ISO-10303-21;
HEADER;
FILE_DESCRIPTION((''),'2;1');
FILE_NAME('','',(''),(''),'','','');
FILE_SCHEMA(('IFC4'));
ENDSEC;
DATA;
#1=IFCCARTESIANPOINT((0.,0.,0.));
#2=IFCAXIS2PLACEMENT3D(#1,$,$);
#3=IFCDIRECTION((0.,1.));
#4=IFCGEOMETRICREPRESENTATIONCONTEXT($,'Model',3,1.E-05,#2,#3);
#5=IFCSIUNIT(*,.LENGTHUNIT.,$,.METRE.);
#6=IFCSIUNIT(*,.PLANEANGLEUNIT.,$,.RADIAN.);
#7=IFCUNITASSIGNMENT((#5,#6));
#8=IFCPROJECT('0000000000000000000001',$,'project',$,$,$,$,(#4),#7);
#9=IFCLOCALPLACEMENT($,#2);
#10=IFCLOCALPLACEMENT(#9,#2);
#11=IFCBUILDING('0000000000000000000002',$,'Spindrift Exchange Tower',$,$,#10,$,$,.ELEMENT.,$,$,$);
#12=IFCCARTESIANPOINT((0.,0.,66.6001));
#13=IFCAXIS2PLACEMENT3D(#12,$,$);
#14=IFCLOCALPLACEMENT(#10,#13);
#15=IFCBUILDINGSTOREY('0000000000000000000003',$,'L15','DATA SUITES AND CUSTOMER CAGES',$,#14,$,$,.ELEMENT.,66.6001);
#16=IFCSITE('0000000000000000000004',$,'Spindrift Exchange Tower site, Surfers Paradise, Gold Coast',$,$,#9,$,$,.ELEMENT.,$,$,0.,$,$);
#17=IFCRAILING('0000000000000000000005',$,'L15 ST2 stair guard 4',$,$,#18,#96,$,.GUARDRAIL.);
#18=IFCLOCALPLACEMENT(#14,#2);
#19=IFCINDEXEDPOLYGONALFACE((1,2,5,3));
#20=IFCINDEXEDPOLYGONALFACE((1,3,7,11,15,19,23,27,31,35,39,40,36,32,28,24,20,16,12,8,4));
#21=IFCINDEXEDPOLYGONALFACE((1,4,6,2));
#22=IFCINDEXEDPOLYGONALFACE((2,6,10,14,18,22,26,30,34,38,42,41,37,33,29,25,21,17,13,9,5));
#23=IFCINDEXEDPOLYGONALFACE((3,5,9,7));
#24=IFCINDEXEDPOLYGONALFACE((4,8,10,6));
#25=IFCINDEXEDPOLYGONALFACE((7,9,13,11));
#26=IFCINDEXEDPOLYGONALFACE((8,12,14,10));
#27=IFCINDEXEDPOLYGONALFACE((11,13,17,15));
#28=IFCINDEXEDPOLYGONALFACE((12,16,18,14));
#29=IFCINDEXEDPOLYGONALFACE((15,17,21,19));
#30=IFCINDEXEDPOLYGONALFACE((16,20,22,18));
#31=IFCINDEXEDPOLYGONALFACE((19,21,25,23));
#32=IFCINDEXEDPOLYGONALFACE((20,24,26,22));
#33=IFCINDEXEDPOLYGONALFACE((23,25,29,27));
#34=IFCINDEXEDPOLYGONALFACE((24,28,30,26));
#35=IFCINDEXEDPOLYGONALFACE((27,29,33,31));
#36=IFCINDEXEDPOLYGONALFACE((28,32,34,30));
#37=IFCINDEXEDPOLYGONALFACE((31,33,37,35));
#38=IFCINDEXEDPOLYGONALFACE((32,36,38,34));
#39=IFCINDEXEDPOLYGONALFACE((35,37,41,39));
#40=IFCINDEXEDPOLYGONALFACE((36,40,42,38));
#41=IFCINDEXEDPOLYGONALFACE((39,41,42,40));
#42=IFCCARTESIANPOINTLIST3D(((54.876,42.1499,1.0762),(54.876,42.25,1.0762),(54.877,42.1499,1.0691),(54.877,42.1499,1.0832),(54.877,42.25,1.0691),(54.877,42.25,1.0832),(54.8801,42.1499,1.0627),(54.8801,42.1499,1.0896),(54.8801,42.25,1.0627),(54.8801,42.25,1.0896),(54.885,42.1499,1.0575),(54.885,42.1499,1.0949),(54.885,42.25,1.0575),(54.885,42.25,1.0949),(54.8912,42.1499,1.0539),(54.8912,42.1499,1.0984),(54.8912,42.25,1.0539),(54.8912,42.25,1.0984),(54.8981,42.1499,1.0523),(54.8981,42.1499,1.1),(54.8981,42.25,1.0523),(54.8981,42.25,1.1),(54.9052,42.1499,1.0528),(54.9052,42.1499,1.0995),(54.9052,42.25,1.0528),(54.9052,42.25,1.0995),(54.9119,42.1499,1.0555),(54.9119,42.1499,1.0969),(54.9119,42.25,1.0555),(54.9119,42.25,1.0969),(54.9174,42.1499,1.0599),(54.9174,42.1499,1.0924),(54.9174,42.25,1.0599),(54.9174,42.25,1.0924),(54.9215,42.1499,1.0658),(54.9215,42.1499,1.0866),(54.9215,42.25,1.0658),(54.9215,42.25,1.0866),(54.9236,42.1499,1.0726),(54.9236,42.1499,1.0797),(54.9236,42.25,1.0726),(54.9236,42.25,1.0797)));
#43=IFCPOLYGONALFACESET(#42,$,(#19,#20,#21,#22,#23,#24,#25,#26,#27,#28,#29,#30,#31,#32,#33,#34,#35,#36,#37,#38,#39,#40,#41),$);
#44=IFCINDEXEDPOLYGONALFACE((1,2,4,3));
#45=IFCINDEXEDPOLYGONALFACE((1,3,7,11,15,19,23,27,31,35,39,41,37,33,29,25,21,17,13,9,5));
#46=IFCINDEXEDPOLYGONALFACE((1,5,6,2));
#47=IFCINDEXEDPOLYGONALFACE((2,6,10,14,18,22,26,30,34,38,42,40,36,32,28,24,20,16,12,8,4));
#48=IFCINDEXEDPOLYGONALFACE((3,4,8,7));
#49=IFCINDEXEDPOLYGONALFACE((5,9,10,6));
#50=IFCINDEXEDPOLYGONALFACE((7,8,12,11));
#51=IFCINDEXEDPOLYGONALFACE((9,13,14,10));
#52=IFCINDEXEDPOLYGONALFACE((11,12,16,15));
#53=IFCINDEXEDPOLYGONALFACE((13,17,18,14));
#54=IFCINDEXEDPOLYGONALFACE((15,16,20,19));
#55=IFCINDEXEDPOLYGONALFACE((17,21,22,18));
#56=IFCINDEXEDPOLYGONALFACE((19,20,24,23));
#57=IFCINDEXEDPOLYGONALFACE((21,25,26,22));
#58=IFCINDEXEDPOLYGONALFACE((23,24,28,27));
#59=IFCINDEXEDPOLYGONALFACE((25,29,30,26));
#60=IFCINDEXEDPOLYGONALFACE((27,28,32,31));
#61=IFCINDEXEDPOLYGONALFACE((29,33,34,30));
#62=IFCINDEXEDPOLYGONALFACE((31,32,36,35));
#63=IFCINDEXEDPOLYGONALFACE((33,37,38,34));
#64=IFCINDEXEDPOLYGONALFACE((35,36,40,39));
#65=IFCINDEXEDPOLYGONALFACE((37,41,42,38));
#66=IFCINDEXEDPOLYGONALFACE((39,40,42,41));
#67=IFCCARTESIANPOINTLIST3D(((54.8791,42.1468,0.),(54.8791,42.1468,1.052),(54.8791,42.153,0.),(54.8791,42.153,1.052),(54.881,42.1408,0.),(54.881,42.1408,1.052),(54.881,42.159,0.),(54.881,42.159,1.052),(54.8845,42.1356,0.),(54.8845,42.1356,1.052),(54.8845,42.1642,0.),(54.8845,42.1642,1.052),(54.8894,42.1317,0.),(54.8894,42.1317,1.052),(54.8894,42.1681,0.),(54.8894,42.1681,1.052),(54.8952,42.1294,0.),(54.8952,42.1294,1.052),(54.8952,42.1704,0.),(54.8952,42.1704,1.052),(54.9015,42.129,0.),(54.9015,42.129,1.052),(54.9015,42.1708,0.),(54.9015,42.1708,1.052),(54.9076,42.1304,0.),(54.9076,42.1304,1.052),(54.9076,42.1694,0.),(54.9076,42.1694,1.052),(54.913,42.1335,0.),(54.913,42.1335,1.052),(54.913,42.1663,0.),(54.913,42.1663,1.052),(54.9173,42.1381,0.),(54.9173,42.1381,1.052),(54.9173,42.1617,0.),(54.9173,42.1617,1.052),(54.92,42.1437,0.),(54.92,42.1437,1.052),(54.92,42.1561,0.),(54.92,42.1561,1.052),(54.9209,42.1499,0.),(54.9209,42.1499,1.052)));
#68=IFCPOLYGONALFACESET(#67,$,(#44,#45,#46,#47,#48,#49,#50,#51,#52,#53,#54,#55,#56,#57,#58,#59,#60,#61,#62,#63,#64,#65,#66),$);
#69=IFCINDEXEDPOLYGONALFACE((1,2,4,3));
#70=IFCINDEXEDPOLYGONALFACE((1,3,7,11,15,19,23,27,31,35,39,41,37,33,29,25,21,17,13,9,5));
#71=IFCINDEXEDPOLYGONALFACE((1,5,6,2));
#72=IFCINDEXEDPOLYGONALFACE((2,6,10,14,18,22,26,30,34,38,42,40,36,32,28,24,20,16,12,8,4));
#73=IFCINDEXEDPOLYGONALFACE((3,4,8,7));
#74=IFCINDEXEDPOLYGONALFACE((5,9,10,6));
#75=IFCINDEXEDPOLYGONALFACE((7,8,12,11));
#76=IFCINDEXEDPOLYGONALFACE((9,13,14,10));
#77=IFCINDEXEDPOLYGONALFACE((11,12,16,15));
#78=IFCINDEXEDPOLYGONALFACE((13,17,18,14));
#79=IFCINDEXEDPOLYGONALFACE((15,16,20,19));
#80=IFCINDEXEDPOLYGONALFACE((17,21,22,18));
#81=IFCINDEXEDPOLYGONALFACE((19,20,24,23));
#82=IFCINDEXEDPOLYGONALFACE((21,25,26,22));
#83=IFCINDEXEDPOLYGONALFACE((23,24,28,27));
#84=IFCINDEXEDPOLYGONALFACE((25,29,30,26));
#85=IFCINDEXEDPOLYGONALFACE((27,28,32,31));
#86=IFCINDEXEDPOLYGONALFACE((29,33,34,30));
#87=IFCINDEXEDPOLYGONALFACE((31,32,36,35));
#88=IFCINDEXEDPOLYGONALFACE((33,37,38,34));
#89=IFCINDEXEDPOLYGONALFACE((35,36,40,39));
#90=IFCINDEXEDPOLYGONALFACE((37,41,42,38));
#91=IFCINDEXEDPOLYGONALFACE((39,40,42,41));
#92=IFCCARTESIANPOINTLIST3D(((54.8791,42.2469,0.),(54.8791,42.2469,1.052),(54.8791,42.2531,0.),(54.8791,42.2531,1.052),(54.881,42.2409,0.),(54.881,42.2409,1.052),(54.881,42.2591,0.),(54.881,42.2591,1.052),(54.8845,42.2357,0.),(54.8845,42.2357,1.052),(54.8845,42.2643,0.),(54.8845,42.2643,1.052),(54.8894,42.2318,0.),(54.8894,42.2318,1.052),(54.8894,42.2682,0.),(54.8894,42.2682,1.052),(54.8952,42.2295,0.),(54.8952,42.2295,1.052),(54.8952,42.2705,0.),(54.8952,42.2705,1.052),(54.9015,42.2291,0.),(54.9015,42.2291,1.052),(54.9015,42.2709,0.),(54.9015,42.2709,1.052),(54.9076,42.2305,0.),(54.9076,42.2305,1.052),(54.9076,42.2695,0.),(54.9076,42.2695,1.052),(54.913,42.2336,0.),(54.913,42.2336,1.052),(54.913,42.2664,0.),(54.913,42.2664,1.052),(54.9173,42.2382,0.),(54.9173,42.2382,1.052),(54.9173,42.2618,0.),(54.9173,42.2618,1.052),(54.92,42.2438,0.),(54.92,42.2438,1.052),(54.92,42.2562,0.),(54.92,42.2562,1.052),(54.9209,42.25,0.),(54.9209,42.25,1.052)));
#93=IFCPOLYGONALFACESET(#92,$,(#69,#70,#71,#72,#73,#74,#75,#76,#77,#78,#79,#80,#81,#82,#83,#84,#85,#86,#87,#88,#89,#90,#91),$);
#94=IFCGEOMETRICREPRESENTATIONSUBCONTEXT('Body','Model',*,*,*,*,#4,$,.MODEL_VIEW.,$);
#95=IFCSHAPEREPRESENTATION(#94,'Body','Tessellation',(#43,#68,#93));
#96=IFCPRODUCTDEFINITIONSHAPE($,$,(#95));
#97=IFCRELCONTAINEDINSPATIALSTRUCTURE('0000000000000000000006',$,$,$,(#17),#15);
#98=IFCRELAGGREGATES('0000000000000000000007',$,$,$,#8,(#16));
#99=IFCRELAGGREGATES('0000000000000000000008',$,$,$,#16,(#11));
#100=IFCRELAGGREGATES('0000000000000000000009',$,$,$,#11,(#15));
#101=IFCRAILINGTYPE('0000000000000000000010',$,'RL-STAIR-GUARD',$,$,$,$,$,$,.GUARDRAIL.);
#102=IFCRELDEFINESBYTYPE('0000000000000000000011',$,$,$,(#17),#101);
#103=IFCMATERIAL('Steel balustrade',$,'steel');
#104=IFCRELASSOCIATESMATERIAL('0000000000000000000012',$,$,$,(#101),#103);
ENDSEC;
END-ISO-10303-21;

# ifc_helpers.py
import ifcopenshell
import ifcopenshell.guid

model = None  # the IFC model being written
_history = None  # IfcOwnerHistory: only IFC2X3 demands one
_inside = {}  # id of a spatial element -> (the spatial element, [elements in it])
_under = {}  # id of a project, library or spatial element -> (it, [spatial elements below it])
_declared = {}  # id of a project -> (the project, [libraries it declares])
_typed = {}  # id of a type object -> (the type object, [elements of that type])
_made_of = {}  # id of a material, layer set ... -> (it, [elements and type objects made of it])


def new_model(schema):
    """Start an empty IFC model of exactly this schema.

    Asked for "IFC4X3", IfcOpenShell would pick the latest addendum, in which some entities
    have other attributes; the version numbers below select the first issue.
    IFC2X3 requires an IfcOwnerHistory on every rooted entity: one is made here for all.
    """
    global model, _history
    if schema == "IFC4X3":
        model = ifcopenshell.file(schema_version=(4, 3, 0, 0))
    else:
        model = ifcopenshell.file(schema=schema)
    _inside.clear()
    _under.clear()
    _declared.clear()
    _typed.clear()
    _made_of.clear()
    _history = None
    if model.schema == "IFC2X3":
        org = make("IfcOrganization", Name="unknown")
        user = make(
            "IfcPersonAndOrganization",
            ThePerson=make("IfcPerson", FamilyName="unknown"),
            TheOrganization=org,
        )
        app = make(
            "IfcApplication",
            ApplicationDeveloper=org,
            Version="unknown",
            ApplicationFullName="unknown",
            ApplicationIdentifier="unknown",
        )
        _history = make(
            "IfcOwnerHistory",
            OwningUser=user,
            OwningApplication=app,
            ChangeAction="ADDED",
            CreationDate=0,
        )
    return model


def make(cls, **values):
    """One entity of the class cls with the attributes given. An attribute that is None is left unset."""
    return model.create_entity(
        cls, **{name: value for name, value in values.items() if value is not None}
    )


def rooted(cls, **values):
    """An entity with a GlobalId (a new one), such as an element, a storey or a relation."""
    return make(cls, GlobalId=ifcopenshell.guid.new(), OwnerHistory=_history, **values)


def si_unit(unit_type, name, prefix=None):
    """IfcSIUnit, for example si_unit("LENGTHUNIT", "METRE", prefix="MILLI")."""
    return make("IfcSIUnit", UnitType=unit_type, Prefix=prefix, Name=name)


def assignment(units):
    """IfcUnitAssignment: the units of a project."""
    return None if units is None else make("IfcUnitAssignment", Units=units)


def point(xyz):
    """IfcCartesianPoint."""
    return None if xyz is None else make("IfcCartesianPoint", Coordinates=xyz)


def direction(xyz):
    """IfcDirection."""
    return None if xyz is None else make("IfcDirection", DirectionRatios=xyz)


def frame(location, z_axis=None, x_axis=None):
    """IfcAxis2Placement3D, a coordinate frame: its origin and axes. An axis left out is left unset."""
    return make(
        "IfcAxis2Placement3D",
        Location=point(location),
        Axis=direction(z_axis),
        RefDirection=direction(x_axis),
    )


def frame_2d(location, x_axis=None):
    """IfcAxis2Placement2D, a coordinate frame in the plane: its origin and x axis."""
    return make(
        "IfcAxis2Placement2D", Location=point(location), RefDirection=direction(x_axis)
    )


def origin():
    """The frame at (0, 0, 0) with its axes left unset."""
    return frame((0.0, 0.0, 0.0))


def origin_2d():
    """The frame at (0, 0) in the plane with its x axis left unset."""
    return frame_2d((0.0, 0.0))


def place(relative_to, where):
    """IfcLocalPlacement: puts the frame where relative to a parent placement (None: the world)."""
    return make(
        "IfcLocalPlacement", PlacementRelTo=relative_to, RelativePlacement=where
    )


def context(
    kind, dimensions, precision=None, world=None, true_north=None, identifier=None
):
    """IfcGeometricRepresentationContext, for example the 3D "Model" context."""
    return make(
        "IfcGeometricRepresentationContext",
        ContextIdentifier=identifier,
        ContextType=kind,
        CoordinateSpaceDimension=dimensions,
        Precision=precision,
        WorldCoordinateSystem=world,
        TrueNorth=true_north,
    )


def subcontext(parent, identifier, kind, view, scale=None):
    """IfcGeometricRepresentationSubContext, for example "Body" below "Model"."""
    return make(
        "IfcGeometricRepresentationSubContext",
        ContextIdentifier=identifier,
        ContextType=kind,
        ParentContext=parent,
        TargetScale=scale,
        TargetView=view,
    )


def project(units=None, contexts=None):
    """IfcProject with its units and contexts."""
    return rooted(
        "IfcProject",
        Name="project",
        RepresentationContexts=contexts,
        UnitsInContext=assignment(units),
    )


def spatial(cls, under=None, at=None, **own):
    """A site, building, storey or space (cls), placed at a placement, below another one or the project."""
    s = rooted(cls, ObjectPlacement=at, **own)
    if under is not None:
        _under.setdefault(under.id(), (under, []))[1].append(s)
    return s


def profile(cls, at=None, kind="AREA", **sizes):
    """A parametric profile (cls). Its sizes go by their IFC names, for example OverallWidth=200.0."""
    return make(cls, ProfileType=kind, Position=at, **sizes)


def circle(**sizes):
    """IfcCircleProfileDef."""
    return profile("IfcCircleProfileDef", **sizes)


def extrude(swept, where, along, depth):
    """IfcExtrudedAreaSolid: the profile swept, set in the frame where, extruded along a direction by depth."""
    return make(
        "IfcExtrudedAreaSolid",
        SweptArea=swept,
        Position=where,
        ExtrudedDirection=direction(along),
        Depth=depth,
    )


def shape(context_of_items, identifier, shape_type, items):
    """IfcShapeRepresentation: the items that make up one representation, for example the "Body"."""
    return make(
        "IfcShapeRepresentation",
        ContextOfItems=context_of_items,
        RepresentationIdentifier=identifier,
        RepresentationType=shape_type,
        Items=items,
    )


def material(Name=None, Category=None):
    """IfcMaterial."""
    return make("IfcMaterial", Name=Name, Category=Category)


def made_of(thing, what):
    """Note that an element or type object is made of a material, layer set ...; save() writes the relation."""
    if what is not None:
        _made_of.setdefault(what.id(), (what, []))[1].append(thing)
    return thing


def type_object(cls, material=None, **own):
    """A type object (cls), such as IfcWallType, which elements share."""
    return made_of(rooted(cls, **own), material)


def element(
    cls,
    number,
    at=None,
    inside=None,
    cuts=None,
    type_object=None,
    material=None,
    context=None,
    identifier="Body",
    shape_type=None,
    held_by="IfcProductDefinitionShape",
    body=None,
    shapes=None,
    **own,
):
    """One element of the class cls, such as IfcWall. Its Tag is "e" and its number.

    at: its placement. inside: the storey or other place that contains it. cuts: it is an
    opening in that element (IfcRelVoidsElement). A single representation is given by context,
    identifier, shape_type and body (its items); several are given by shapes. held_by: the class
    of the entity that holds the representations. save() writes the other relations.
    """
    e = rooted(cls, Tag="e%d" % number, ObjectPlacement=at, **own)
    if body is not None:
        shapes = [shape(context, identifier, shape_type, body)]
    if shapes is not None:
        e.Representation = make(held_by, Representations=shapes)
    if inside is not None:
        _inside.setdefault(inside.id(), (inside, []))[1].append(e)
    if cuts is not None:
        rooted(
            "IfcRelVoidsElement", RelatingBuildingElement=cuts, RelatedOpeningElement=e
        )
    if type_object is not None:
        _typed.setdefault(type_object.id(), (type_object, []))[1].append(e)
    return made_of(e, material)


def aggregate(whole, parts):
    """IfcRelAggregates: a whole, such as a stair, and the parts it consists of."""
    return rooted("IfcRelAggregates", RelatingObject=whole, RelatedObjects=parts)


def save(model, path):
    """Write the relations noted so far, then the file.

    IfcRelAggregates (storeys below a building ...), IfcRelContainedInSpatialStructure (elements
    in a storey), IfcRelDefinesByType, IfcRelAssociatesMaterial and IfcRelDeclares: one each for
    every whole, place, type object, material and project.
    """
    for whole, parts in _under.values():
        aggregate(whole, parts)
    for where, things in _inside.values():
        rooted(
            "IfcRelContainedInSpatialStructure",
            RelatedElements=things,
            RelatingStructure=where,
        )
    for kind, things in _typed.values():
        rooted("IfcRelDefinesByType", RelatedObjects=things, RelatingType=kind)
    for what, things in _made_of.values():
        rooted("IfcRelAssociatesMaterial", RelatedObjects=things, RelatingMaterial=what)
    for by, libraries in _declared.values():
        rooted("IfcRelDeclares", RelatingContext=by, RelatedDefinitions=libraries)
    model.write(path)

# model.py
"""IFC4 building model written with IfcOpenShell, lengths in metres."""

from ifc_helpers import new_model, si_unit, direction, frame, origin, origin_2d, place, context, subcontext, project, spatial, circle, extrude, material, type_object, element, save


model = new_model("IFC4")

# Units and contexts
model_context = context("Model", 3, precision=1e-05, world=origin(), true_north=direction((0.0, 1.0)))
body_context = subcontext(model_context, "Body", "Model", "MODEL_VIEW")
ifc_project = project(units=[si_unit("LENGTHUNIT", "METRE"), si_unit("PLANEANGLEUNIT", "RADIAN")], contexts=[model_context])

# Site, building, storey
site_placement = place(None, origin())
site = spatial("IfcSite", under=ifc_project, at=site_placement, Name="Spindrift Exchange Tower site, Surfers Paradise, Gold Coast", CompositionType="ELEMENT", RefElevation=0.0)
building_placement = place(site_placement, origin())
building = spatial("IfcBuilding", under=site, at=building_placement, Name="Spindrift Exchange Tower", CompositionType="ELEMENT")
storey_placement = place(building_placement, frame((0.0, 0.0, 66.6001)))
storey = spatial("IfcBuildingStorey", under=building, at=storey_placement, Name="L15", Description="DATA SUITES AND CUSTOMER CAGES", CompositionType="ELEMENT", Elevation=66.6001)

# Railing
ifc_material_1 = material(Name="Steel balustrade", Category="steel")
railing_type_1 = type_object("IfcRailingType", Name="RL-STAIR-GUARD", PredefinedType="GUARDRAIL", material=ifc_material_1)
railing_1_placement = place(storey_placement, frame((54.8999, 42.1499, 0.0)))
element("IfcRailing", 1, at=railing_1_placement, inside=storey, type_object=railing_type_1, Name="L15 ST2 stair guard 4", PredefinedType="GUARDRAIL", context=body_context, shape_type="SweptSolid", body=[
    extrude(circle(Radius=0.0239, at=origin_2d()), frame((0.0, 0.0, 1.0762), z_axis=(0.0, 1.0, 0.0), x_axis=(-1.0, 0.0, 0.0)), (0.0, 0.0, 1.0), 0.1001),
    extrude(circle(Radius=0.021, at=origin_2d()), origin(), (0.0, 0.0, 1.0), 1.052),
    extrude(circle(Radius=0.021, at=origin_2d()), frame((0.0, 0.1001, 0.0)), (0.0, 0.0, 1.0), 1.052),
])

save(model, "model.ifc")
